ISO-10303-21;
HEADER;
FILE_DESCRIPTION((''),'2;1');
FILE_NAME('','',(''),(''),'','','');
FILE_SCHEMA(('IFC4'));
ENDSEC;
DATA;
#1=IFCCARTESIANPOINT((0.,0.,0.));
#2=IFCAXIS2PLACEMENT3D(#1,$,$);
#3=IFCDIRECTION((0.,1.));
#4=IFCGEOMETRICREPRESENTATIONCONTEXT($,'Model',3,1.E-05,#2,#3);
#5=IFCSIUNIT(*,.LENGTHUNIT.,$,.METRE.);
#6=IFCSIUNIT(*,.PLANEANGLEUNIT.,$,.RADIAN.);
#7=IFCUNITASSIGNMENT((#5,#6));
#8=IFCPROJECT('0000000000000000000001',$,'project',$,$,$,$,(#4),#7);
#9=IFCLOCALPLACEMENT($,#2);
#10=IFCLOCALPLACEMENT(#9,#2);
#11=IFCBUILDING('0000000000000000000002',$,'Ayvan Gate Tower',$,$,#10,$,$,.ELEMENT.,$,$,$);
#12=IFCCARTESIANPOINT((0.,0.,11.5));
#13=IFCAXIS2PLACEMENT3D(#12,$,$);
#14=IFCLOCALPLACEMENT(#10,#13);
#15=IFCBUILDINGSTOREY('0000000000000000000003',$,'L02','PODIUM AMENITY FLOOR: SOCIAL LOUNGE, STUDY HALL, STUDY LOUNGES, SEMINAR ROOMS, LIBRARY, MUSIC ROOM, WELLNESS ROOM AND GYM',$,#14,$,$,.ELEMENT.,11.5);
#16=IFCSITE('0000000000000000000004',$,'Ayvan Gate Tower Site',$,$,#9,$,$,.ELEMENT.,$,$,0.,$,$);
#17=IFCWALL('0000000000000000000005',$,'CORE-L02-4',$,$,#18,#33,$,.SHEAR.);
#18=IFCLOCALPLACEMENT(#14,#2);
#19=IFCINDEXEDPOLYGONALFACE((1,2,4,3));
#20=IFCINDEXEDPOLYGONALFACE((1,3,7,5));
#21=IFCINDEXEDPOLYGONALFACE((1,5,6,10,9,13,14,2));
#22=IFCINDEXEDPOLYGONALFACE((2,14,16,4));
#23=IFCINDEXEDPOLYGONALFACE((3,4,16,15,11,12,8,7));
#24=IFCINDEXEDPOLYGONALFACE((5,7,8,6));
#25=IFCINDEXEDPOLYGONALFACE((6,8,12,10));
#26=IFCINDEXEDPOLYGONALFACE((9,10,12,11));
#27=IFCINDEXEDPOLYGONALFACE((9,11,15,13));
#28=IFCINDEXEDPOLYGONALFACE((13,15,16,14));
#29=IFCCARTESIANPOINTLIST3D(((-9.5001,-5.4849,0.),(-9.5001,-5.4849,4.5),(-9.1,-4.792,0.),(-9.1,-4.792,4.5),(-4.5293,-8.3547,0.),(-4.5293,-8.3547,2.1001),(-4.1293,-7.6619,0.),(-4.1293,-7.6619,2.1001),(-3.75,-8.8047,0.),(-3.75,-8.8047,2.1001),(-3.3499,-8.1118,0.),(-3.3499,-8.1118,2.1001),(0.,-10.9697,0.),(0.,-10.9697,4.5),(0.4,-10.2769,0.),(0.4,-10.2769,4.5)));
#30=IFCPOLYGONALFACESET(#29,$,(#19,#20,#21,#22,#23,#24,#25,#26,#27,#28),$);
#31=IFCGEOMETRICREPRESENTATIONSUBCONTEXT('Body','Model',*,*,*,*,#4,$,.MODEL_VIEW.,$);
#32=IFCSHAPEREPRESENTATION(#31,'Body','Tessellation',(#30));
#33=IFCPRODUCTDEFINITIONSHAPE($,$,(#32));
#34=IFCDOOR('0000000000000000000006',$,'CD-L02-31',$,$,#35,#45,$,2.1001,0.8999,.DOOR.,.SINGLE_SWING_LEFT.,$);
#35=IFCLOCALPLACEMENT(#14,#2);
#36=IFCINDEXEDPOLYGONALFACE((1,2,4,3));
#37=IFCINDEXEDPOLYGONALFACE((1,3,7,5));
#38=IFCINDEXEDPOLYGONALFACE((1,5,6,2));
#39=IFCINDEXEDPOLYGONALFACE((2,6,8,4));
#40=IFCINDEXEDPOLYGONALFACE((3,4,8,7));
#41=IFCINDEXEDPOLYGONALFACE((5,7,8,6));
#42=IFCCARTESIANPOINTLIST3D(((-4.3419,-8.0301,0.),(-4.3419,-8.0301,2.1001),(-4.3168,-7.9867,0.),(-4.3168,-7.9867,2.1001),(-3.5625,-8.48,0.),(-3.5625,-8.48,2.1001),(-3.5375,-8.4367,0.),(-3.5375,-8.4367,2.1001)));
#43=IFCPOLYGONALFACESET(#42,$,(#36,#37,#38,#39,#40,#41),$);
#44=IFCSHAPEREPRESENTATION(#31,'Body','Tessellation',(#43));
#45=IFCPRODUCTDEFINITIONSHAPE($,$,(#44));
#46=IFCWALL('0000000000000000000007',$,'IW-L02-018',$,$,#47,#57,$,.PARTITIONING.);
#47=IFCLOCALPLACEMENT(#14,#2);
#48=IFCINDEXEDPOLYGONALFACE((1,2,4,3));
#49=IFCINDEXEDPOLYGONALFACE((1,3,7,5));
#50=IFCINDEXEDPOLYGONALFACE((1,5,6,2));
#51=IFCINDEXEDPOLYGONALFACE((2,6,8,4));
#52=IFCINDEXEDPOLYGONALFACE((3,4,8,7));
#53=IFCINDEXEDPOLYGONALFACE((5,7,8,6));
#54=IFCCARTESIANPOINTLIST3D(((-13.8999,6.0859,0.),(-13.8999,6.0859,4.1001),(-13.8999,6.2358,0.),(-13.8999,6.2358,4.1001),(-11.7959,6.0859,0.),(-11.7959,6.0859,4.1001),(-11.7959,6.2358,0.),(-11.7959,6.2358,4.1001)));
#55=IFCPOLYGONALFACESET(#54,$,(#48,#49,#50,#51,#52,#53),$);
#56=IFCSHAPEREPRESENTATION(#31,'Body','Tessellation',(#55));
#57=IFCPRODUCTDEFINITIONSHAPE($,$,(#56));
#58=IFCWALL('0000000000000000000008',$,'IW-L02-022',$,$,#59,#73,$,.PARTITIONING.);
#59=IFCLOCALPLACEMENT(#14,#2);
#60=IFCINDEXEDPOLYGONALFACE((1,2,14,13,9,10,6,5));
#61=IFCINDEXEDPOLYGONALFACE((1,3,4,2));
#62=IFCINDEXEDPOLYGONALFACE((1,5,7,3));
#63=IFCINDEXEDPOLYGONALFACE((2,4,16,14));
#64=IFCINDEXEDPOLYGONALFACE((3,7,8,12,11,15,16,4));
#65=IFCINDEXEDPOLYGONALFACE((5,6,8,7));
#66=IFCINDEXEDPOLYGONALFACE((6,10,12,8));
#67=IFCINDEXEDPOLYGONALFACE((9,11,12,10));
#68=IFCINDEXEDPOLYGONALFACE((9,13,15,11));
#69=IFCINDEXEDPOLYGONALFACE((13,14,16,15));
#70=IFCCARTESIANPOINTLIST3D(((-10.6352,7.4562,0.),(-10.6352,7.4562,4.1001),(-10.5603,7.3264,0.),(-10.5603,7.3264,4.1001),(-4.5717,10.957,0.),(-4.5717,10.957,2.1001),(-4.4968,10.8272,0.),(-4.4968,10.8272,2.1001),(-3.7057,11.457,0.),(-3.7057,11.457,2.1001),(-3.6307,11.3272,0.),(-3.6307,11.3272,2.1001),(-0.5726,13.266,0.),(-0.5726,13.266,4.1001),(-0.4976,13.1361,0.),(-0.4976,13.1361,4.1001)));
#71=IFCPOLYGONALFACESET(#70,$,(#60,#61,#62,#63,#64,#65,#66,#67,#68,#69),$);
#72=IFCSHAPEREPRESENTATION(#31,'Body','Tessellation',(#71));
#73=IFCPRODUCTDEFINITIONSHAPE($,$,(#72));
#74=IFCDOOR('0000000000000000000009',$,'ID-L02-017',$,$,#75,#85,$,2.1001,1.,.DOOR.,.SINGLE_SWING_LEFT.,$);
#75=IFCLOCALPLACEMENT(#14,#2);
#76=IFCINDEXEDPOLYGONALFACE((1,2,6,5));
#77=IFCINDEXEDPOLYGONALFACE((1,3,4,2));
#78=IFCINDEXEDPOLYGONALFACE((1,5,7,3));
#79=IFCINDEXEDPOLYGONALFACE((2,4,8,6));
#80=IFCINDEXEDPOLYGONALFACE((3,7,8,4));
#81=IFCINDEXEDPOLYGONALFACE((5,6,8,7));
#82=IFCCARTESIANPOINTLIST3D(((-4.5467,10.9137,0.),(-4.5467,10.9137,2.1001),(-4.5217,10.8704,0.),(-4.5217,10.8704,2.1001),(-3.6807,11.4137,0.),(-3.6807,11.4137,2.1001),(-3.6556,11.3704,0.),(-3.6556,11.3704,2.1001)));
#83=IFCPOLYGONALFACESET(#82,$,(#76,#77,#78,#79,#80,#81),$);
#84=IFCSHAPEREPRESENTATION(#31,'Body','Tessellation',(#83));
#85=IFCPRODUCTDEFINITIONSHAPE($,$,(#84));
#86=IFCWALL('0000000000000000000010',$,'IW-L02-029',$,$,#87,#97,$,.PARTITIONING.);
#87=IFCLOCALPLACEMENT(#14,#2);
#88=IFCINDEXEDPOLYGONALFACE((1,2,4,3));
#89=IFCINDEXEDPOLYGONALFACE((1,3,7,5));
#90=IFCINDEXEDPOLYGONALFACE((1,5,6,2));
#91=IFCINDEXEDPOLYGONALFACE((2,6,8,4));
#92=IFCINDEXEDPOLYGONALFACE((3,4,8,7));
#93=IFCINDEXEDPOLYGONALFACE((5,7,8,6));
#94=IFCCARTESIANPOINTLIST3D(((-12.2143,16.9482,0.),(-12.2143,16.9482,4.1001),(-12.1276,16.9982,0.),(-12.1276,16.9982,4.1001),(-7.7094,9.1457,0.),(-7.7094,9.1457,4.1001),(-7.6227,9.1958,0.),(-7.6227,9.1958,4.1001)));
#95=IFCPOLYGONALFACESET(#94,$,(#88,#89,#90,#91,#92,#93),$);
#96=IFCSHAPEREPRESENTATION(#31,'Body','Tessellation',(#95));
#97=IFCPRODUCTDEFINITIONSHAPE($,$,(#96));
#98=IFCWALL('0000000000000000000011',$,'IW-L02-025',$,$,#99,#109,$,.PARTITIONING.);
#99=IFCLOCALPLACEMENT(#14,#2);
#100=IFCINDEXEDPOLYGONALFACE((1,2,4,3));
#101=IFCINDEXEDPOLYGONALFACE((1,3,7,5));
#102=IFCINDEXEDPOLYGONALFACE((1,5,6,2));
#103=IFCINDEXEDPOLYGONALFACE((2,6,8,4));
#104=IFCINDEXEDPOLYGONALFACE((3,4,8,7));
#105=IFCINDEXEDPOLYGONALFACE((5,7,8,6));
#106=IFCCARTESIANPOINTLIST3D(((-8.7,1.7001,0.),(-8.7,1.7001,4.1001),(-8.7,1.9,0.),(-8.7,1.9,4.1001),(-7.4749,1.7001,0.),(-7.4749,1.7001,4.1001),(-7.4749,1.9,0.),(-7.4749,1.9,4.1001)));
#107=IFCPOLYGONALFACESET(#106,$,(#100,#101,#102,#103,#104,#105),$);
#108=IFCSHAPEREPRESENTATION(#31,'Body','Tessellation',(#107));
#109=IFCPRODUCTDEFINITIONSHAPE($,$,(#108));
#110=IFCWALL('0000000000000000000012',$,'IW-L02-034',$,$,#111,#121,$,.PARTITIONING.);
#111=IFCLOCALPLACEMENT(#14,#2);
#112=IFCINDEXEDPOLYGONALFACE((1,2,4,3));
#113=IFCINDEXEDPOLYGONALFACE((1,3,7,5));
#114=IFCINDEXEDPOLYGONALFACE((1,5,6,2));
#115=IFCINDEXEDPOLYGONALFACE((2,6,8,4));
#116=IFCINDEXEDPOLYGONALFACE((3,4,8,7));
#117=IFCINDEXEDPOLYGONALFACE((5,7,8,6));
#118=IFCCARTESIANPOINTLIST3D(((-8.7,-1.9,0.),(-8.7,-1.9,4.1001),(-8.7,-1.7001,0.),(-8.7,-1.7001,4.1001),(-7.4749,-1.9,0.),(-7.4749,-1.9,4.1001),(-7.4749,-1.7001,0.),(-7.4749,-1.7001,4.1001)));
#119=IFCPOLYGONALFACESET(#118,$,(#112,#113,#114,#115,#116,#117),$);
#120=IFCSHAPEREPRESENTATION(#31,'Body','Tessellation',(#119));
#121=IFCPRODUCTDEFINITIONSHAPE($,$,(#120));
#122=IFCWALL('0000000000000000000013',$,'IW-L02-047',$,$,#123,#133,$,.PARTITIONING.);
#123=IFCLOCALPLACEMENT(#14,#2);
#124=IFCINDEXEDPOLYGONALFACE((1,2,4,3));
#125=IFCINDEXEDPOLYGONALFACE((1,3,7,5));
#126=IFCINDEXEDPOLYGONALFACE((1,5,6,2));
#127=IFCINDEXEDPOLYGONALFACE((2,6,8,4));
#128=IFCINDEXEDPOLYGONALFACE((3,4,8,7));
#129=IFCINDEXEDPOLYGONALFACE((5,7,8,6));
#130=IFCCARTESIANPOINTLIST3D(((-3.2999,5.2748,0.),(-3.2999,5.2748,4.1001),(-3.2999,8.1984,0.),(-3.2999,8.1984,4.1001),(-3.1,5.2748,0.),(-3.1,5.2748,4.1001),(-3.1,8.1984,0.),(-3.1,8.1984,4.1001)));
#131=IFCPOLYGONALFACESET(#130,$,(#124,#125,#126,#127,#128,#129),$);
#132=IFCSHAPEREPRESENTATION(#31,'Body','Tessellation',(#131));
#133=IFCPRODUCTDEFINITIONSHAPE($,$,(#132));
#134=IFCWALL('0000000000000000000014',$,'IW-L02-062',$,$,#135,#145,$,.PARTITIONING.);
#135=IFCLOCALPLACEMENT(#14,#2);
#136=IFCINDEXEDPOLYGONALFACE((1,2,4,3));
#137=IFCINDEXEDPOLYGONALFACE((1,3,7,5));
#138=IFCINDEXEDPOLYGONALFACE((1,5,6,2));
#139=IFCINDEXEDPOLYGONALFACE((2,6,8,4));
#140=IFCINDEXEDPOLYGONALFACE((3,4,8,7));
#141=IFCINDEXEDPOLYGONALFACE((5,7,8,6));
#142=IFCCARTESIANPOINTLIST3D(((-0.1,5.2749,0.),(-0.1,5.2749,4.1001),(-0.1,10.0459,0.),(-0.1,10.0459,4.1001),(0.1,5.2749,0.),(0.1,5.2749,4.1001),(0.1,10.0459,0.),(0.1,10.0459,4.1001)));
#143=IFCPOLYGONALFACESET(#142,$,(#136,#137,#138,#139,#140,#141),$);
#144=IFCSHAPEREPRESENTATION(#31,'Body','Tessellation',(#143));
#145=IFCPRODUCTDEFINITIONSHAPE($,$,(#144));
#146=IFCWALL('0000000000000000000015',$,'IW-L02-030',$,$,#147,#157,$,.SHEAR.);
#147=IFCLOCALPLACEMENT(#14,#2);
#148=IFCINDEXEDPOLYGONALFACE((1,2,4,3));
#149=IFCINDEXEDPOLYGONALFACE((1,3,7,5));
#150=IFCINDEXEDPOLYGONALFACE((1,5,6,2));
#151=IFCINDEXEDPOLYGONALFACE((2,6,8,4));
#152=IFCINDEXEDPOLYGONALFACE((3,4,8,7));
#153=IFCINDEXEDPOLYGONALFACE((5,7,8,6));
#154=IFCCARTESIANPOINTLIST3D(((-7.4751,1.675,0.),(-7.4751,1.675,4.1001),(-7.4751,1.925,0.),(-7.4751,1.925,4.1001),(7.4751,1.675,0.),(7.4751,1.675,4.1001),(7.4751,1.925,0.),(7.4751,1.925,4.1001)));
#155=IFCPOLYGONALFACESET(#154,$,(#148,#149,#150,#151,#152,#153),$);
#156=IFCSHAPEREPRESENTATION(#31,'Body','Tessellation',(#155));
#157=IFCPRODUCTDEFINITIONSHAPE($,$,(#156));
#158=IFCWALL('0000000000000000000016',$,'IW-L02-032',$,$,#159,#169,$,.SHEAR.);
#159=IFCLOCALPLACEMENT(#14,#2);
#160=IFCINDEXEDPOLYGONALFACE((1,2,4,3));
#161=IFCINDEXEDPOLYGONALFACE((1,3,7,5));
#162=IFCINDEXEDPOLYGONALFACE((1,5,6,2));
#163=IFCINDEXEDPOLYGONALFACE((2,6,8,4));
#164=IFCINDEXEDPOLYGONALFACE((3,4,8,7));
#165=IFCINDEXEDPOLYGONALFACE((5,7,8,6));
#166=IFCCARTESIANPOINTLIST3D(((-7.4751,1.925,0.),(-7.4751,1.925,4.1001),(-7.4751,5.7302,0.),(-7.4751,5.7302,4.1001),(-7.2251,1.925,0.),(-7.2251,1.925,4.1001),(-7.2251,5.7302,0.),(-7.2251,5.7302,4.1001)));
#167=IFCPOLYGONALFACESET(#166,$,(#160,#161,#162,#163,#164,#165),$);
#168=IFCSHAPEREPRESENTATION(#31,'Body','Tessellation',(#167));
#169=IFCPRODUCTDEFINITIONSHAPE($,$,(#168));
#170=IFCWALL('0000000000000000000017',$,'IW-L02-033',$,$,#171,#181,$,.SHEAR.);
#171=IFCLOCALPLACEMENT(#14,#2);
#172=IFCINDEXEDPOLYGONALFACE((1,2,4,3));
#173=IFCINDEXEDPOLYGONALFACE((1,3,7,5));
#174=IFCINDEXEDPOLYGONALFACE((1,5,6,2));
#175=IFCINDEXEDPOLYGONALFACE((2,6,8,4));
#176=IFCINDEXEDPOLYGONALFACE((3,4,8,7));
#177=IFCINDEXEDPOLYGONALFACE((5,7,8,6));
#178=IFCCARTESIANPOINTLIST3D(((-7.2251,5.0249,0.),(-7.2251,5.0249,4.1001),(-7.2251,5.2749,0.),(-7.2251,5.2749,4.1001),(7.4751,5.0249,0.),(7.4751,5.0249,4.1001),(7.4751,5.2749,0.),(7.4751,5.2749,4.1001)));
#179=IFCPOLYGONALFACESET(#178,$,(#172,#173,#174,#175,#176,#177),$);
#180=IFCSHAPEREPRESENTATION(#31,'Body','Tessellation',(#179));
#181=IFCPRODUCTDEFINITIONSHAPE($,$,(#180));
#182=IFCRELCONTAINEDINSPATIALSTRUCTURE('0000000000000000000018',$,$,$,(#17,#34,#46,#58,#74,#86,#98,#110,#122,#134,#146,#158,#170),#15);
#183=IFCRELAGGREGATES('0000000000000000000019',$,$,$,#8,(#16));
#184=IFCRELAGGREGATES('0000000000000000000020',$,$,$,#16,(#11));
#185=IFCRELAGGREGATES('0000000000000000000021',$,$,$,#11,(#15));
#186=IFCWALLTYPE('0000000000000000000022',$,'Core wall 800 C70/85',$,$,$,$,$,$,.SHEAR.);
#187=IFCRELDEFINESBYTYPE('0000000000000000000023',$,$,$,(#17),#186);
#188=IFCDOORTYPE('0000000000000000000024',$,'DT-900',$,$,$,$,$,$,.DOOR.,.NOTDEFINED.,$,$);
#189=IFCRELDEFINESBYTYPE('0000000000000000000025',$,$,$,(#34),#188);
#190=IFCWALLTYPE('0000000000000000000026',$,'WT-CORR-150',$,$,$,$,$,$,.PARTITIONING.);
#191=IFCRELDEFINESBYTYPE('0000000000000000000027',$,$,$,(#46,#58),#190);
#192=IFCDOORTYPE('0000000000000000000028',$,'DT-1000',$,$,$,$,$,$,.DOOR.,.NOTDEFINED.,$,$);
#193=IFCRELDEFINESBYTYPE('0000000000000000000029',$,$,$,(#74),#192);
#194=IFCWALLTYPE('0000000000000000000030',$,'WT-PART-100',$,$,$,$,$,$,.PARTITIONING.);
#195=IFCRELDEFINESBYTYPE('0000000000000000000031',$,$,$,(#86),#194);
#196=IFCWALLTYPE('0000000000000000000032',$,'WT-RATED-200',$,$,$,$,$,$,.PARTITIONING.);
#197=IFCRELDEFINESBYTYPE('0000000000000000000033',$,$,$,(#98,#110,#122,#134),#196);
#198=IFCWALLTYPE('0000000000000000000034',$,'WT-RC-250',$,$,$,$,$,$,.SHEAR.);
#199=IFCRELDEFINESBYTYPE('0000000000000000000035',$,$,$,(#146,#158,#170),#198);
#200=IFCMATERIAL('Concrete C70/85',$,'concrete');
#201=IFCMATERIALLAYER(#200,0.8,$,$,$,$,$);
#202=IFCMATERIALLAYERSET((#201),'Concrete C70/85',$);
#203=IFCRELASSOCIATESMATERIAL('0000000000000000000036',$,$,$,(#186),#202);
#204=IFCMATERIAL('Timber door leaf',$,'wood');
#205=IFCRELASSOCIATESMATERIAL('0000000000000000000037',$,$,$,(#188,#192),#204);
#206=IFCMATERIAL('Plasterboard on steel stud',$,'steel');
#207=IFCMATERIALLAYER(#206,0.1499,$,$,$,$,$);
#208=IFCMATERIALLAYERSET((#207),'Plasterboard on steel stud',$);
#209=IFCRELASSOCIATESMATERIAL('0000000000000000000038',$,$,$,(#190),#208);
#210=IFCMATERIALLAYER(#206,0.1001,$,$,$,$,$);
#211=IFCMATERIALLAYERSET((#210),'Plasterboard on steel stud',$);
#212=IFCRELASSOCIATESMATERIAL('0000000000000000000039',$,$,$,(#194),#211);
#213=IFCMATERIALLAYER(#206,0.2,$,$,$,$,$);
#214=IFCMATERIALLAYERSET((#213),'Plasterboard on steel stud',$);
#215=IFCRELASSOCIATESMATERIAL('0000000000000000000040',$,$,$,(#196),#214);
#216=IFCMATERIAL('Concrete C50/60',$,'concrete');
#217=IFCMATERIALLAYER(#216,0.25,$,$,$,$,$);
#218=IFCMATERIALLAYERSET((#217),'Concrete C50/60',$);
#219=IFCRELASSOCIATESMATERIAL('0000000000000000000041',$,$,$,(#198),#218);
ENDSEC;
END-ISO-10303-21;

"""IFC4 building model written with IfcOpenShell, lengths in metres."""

from ifc_helpers import new_model, si_unit, direction, frame, frame_2d, origin, place, context, subcontext, project, spatial, rectangle, extrude, material, layer, layer_set, type_object, element, fill, save


model = new_model("IFC4")

# Units and contexts
model_context = context("Model", 3, precision=1e-05, world=origin(), true_north=direction((0.0, 1.0)))
body_context = subcontext(model_context, "Body", "Model", "MODEL_VIEW")
ifc_project = project(units=[si_unit("LENGTHUNIT", "METRE"), si_unit("PLANEANGLEUNIT", "RADIAN")], contexts=[model_context])

# Site, building, storey
site_placement = place(None, origin())
site = spatial("IfcSite", under=ifc_project, at=site_placement, Name="Ayvan Gate Tower Site", CompositionType="ELEMENT", RefElevation=0.0)
building_placement = place(site_placement, origin())
building = spatial("IfcBuilding", under=site, at=building_placement, Name="Ayvan Gate Tower", CompositionType="ELEMENT")
storey_placement = place(building_placement, frame((0.0, 0.0, 11.5)))
storey = spatial("IfcBuildingStorey", under=building, at=storey_placement, Name="L02", Description="PODIUM AMENITY FLOOR: SOCIAL LOUNGE, STUDY HALL, STUDY LOUNGES, SEMINAR ROOMS, LIBRARY, MUSIC ROOM, WELLNESS ROOM AND GYM", CompositionType="ELEMENT", Elevation=11.5)

# Wall, opening, door
ifc_material_1 = material(Name="Concrete C70/85", Category="concrete")
ifc_layer_1 = layer(ifc_material_1, 0.8)
ifc_layer_set_1 = layer_set([ifc_layer_1], Name="Concrete C70/85")
wall_type_1 = type_object("IfcWallType", Name="Core wall 800 C70/85", PredefinedType="SHEAR", material=ifc_layer_set_1)
ifc_material_2 = material(Name="Timber door leaf", Category="wood")
wall_1_placement = place(storey_placement, frame((-9.3, -5.1384, 0.0), z_axis=(0.0, 0.0, 1.0), x_axis=(0.866024, -0.500002, 0.0)))
wall_1 = element("IfcWall", 1, at=wall_1_placement, inside=storey, type_object=wall_type_1, Name="CORE-L02-4", PredefinedType="SHEAR", context=body_context, shape_type="SweptSolid", body=[
    extrude(rectangle(XDim=10.9697, YDim=0.8, at=frame_2d((5.4849, 0.0))), origin(), (0.0, 0.0, 1.0), 4.5),
])
opening_1_placement = place(wall_1_placement, frame((5.7397, 0.0, 0.0)))
opening_1 = element("IfcOpeningElement", 2, at=opening_1_placement, cuts=wall_1, PredefinedType="OPENING", context=body_context, shape_type="SweptSolid", body=[
    extrude(rectangle(XDim=0.8999, YDim=2.1001, at=frame_2d((0.45, 1.05))), frame((0.0, 0.4099, 0.0), z_axis=(0.0, -1.0, 0.0), x_axis=(1.0, 0.0, 0.0)), (0.0, 0.0, 1.0), 0.8201),
])
door_type_1 = type_object("IfcDoorType", Name="DT-900", OperationType="NOTDEFINED", PredefinedType="DOOR", material=ifc_material_2)
door_1_placement = place(opening_1_placement, origin())
door_1 = element("IfcDoor", 3, at=door_1_placement, inside=storey, type_object=door_type_1, Name="CD-L02-31", OperationType="SINGLE_SWING_LEFT", OverallHeight=2.1001, OverallWidth=0.8999, PredefinedType="DOOR", context=body_context, shape_type="SweptSolid", body=[
    extrude(rectangle(XDim=0.8999, YDim=2.1001, at=frame_2d((0.45, 1.05))), frame((0.0, 0.0249, 0.0), z_axis=(0.0, -1.0, 0.0), x_axis=(1.0, 0.0, 0.0)), (0.0, 0.0, 1.0), 0.05),
])
fill(opening_1, door_1)

# Wall
ifc_material_3 = material(Name="Plasterboard on steel stud", Category="steel")
ifc_layer_2 = layer(ifc_material_3, 0.1499)
ifc_layer_set_2 = layer_set([ifc_layer_2], Name="Plasterboard on steel stud")
wall_type_2 = type_object("IfcWallType", Name="WT-CORR-150", PredefinedType="PARTITIONING", material=ifc_layer_set_2)
wall_2_placement = place(storey_placement, frame((-11.7959, 6.1609, 0.0), z_axis=(0.0, 0.0, 1.0), x_axis=(-1.0, 0.0, 0.0)))
element("IfcWall", 4, at=wall_2_placement, inside=storey, type_object=wall_type_2, Name="IW-L02-018", PredefinedType="PARTITIONING", context=body_context, shape_type="SweptSolid", body=[
    extrude(rectangle(XDim=2.104, YDim=0.1499, at=frame_2d((1.052, 0.0))), origin(), (0.0, 0.0, 1.0), 4.1001),
])

# Wall, opening, door
wall_3_placement = place(storey_placement, frame((-10.5977, 7.3914, 0.0), z_axis=(0.0, 0.0, 1.0), x_axis=(0.866022, 0.500006, 0.0)))
wall_3 = element("IfcWall", 5, at=wall_3_placement, inside=storey, type_object=wall_type_2, Name="IW-L02-022", PredefinedType="PARTITIONING", context=body_context, shape_type="SweptSolid", body=[
    extrude(rectangle(XDim=11.6194, YDim=0.1499, at=frame_2d((5.8096, 0.0))), origin(), (0.0, 0.0, 1.0), 4.1001),
])
opening_2_placement = place(wall_3_placement, frame((7.0015, 0.0, 0.0)))
opening_2 = element("IfcOpeningElement", 6, at=opening_2_placement, cuts=wall_3, PredefinedType="OPENING", context=body_context, shape_type="SweptSolid", body=[
    extrude(rectangle(XDim=1.0, YDim=2.1001, at=frame_2d((0.5, 1.05))), frame((0.0, 0.085, 0.0), z_axis=(0.0, -1.0, 0.0), x_axis=(1.0, 0.0, 0.0)), (0.0, 0.0, 1.0), 0.1699),
])
door_type_2 = type_object("IfcDoorType", Name="DT-1000", OperationType="NOTDEFINED", PredefinedType="DOOR", material=ifc_material_2)
door_2_placement = place(opening_2_placement, origin())
door_2 = element("IfcDoor", 7, at=door_2_placement, inside=storey, type_object=door_type_2, Name="ID-L02-017", OperationType="SINGLE_SWING_LEFT", OverallHeight=2.1001, OverallWidth=1.0, PredefinedType="DOOR", context=body_context, shape_type="SweptSolid", body=[
    extrude(rectangle(XDim=1.0, YDim=2.1001, at=frame_2d((0.5, 1.05))), frame((0.0, 0.0249, 0.0), z_axis=(0.0, -1.0, 0.0), x_axis=(1.0, 0.0, 0.0)), (0.0, 0.0, 1.0), 0.05),
])
fill(opening_2, door_2)

# Walls
ifc_layer_3 = layer(ifc_material_3, 0.1001)
ifc_layer_set_3 = layer_set([ifc_layer_3], Name="Plasterboard on steel stud")
wall_type_3 = type_object("IfcWallType", Name="WT-PART-100", PredefinedType="PARTITIONING", material=ifc_layer_set_3)
wall_4_placement = place(storey_placement, frame((-7.666, 9.1707, 0.0), z_axis=(0.0, 0.0, 1.0), x_axis=(-0.500009, 0.86602, 0.0)))
element("IfcWall", 8, at=wall_4_placement, inside=storey, type_object=wall_type_3, Name="IW-L02-029", PredefinedType="PARTITIONING", context=body_context, shape_type="SweptSolid", body=[
    extrude(rectangle(XDim=9.0095, YDim=0.1001, at=frame_2d((4.5049, 0.0))), origin(), (0.0, 0.0, 1.0), 4.1001),
])
ifc_layer_4 = layer(ifc_material_3, 0.2)
ifc_layer_set_4 = layer_set([ifc_layer_4], Name="Plasterboard on steel stud")
wall_type_4 = type_object("IfcWallType", Name="WT-RATED-200", PredefinedType="PARTITIONING", material=ifc_layer_set_4)
for number, where, z_axis, x_axis, name in (
    (9, (-8.7, 1.8, 0.0), (0.0, 0.0, 1.0), (1.0, 0.0, 0.0), "IW-L02-025"),
    (10, (-7.4749, -1.8, 0.0), (0.0, 0.0, 1.0), (-1.0, 0.0, 0.0), "IW-L02-034"),
):
    element("IfcWall", number, at=place(storey_placement, frame(where, z_axis=z_axis, x_axis=x_axis)), inside=storey, type_object=wall_type_4, Name=name, PredefinedType="PARTITIONING", context=body_context, shape_type="SweptSolid", body=[
        extrude(rectangle(XDim=1.2251, YDim=0.2, at=frame_2d((0.6125, 0.0))), origin(), (0.0, 0.0, 1.0), 4.1001),
    ])
wall_5_placement = place(storey_placement, frame((-3.2, 8.1985, 0.0), z_axis=(0.0, 0.0, 1.0), x_axis=(0.0, -1.0, 0.0)))
element("IfcWall", 11, at=wall_5_placement, inside=storey, type_object=wall_type_4, Name="IW-L02-047", PredefinedType="PARTITIONING", context=body_context, shape_type="SweptSolid", body=[
    extrude(rectangle(XDim=2.9236, YDim=0.2, at=frame_2d((1.4619, 0.0))), origin(), (0.0, 0.0, 1.0), 4.1001),
])
wall_6_placement = place(storey_placement, frame((0.0, 10.0459, 0.0), z_axis=(0.0, 0.0, 1.0), x_axis=(0.0, -1.0, 0.0)))
element("IfcWall", 12, at=wall_6_placement, inside=storey, type_object=wall_type_4, Name="IW-L02-062", PredefinedType="PARTITIONING", context=body_context, shape_type="SweptSolid", body=[
    extrude(rectangle(XDim=4.771, YDim=0.2, at=frame_2d((2.3855, 0.0))), origin(), (0.0, 0.0, 1.0), 4.1001),
])
ifc_material_4 = material(Name="Concrete C50/60", Category="concrete")
ifc_layer_5 = layer(ifc_material_4, 0.25)
ifc_layer_set_5 = layer_set([ifc_layer_5], Name="Concrete C50/60")
wall_type_5 = type_object("IfcWallType", Name="WT-RC-250", PredefinedType="SHEAR", material=ifc_layer_set_5)
wall_7_placement = place(storey_placement, frame((-7.4751, 1.8, 0.0), z_axis=(0.0, 0.0, 1.0), x_axis=(1.0, 0.0, 0.0)))
element("IfcWall", 13, at=wall_7_placement, inside=storey, type_object=wall_type_5, Name="IW-L02-030", PredefinedType="SHEAR", context=body_context, shape_type="SweptSolid", body=[
    extrude(rectangle(XDim=14.9502, YDim=0.25, at=frame_2d((7.4751, 0.0))), origin(), (0.0, 0.0, 1.0), 4.1001),
])
wall_8_placement = place(storey_placement, frame((-7.3501, 1.925, 0.0), z_axis=(0.0, 0.0, 1.0), x_axis=(0.0, 1.0, 0.0)))
element("IfcWall", 14, at=wall_8_placement, inside=storey, type_object=wall_type_5, Name="IW-L02-032", PredefinedType="SHEAR", context=body_context, shape_type="SweptSolid", body=[
    extrude(rectangle(XDim=3.8052, YDim=0.25, at=frame_2d((1.9026, 0.0))), origin(), (0.0, 0.0, 1.0), 4.1001),
])
wall_9_placement = place(storey_placement, frame((-7.2251, 5.1499, 0.0), z_axis=(0.0, 0.0, 1.0), x_axis=(1.0, 0.0, 0.0)))
element("IfcWall", 15, at=wall_9_placement, inside=storey, type_object=wall_type_5, Name="IW-L02-033", PredefinedType="SHEAR", context=body_context, shape_type="SweptSolid", body=[
    extrude(rectangle(XDim=14.7002, YDim=0.25, at=frame_2d((7.3501, 0.0))), origin(), (0.0, 0.0, 1.0), 4.1001),
])

save(model, "model.ifc")
